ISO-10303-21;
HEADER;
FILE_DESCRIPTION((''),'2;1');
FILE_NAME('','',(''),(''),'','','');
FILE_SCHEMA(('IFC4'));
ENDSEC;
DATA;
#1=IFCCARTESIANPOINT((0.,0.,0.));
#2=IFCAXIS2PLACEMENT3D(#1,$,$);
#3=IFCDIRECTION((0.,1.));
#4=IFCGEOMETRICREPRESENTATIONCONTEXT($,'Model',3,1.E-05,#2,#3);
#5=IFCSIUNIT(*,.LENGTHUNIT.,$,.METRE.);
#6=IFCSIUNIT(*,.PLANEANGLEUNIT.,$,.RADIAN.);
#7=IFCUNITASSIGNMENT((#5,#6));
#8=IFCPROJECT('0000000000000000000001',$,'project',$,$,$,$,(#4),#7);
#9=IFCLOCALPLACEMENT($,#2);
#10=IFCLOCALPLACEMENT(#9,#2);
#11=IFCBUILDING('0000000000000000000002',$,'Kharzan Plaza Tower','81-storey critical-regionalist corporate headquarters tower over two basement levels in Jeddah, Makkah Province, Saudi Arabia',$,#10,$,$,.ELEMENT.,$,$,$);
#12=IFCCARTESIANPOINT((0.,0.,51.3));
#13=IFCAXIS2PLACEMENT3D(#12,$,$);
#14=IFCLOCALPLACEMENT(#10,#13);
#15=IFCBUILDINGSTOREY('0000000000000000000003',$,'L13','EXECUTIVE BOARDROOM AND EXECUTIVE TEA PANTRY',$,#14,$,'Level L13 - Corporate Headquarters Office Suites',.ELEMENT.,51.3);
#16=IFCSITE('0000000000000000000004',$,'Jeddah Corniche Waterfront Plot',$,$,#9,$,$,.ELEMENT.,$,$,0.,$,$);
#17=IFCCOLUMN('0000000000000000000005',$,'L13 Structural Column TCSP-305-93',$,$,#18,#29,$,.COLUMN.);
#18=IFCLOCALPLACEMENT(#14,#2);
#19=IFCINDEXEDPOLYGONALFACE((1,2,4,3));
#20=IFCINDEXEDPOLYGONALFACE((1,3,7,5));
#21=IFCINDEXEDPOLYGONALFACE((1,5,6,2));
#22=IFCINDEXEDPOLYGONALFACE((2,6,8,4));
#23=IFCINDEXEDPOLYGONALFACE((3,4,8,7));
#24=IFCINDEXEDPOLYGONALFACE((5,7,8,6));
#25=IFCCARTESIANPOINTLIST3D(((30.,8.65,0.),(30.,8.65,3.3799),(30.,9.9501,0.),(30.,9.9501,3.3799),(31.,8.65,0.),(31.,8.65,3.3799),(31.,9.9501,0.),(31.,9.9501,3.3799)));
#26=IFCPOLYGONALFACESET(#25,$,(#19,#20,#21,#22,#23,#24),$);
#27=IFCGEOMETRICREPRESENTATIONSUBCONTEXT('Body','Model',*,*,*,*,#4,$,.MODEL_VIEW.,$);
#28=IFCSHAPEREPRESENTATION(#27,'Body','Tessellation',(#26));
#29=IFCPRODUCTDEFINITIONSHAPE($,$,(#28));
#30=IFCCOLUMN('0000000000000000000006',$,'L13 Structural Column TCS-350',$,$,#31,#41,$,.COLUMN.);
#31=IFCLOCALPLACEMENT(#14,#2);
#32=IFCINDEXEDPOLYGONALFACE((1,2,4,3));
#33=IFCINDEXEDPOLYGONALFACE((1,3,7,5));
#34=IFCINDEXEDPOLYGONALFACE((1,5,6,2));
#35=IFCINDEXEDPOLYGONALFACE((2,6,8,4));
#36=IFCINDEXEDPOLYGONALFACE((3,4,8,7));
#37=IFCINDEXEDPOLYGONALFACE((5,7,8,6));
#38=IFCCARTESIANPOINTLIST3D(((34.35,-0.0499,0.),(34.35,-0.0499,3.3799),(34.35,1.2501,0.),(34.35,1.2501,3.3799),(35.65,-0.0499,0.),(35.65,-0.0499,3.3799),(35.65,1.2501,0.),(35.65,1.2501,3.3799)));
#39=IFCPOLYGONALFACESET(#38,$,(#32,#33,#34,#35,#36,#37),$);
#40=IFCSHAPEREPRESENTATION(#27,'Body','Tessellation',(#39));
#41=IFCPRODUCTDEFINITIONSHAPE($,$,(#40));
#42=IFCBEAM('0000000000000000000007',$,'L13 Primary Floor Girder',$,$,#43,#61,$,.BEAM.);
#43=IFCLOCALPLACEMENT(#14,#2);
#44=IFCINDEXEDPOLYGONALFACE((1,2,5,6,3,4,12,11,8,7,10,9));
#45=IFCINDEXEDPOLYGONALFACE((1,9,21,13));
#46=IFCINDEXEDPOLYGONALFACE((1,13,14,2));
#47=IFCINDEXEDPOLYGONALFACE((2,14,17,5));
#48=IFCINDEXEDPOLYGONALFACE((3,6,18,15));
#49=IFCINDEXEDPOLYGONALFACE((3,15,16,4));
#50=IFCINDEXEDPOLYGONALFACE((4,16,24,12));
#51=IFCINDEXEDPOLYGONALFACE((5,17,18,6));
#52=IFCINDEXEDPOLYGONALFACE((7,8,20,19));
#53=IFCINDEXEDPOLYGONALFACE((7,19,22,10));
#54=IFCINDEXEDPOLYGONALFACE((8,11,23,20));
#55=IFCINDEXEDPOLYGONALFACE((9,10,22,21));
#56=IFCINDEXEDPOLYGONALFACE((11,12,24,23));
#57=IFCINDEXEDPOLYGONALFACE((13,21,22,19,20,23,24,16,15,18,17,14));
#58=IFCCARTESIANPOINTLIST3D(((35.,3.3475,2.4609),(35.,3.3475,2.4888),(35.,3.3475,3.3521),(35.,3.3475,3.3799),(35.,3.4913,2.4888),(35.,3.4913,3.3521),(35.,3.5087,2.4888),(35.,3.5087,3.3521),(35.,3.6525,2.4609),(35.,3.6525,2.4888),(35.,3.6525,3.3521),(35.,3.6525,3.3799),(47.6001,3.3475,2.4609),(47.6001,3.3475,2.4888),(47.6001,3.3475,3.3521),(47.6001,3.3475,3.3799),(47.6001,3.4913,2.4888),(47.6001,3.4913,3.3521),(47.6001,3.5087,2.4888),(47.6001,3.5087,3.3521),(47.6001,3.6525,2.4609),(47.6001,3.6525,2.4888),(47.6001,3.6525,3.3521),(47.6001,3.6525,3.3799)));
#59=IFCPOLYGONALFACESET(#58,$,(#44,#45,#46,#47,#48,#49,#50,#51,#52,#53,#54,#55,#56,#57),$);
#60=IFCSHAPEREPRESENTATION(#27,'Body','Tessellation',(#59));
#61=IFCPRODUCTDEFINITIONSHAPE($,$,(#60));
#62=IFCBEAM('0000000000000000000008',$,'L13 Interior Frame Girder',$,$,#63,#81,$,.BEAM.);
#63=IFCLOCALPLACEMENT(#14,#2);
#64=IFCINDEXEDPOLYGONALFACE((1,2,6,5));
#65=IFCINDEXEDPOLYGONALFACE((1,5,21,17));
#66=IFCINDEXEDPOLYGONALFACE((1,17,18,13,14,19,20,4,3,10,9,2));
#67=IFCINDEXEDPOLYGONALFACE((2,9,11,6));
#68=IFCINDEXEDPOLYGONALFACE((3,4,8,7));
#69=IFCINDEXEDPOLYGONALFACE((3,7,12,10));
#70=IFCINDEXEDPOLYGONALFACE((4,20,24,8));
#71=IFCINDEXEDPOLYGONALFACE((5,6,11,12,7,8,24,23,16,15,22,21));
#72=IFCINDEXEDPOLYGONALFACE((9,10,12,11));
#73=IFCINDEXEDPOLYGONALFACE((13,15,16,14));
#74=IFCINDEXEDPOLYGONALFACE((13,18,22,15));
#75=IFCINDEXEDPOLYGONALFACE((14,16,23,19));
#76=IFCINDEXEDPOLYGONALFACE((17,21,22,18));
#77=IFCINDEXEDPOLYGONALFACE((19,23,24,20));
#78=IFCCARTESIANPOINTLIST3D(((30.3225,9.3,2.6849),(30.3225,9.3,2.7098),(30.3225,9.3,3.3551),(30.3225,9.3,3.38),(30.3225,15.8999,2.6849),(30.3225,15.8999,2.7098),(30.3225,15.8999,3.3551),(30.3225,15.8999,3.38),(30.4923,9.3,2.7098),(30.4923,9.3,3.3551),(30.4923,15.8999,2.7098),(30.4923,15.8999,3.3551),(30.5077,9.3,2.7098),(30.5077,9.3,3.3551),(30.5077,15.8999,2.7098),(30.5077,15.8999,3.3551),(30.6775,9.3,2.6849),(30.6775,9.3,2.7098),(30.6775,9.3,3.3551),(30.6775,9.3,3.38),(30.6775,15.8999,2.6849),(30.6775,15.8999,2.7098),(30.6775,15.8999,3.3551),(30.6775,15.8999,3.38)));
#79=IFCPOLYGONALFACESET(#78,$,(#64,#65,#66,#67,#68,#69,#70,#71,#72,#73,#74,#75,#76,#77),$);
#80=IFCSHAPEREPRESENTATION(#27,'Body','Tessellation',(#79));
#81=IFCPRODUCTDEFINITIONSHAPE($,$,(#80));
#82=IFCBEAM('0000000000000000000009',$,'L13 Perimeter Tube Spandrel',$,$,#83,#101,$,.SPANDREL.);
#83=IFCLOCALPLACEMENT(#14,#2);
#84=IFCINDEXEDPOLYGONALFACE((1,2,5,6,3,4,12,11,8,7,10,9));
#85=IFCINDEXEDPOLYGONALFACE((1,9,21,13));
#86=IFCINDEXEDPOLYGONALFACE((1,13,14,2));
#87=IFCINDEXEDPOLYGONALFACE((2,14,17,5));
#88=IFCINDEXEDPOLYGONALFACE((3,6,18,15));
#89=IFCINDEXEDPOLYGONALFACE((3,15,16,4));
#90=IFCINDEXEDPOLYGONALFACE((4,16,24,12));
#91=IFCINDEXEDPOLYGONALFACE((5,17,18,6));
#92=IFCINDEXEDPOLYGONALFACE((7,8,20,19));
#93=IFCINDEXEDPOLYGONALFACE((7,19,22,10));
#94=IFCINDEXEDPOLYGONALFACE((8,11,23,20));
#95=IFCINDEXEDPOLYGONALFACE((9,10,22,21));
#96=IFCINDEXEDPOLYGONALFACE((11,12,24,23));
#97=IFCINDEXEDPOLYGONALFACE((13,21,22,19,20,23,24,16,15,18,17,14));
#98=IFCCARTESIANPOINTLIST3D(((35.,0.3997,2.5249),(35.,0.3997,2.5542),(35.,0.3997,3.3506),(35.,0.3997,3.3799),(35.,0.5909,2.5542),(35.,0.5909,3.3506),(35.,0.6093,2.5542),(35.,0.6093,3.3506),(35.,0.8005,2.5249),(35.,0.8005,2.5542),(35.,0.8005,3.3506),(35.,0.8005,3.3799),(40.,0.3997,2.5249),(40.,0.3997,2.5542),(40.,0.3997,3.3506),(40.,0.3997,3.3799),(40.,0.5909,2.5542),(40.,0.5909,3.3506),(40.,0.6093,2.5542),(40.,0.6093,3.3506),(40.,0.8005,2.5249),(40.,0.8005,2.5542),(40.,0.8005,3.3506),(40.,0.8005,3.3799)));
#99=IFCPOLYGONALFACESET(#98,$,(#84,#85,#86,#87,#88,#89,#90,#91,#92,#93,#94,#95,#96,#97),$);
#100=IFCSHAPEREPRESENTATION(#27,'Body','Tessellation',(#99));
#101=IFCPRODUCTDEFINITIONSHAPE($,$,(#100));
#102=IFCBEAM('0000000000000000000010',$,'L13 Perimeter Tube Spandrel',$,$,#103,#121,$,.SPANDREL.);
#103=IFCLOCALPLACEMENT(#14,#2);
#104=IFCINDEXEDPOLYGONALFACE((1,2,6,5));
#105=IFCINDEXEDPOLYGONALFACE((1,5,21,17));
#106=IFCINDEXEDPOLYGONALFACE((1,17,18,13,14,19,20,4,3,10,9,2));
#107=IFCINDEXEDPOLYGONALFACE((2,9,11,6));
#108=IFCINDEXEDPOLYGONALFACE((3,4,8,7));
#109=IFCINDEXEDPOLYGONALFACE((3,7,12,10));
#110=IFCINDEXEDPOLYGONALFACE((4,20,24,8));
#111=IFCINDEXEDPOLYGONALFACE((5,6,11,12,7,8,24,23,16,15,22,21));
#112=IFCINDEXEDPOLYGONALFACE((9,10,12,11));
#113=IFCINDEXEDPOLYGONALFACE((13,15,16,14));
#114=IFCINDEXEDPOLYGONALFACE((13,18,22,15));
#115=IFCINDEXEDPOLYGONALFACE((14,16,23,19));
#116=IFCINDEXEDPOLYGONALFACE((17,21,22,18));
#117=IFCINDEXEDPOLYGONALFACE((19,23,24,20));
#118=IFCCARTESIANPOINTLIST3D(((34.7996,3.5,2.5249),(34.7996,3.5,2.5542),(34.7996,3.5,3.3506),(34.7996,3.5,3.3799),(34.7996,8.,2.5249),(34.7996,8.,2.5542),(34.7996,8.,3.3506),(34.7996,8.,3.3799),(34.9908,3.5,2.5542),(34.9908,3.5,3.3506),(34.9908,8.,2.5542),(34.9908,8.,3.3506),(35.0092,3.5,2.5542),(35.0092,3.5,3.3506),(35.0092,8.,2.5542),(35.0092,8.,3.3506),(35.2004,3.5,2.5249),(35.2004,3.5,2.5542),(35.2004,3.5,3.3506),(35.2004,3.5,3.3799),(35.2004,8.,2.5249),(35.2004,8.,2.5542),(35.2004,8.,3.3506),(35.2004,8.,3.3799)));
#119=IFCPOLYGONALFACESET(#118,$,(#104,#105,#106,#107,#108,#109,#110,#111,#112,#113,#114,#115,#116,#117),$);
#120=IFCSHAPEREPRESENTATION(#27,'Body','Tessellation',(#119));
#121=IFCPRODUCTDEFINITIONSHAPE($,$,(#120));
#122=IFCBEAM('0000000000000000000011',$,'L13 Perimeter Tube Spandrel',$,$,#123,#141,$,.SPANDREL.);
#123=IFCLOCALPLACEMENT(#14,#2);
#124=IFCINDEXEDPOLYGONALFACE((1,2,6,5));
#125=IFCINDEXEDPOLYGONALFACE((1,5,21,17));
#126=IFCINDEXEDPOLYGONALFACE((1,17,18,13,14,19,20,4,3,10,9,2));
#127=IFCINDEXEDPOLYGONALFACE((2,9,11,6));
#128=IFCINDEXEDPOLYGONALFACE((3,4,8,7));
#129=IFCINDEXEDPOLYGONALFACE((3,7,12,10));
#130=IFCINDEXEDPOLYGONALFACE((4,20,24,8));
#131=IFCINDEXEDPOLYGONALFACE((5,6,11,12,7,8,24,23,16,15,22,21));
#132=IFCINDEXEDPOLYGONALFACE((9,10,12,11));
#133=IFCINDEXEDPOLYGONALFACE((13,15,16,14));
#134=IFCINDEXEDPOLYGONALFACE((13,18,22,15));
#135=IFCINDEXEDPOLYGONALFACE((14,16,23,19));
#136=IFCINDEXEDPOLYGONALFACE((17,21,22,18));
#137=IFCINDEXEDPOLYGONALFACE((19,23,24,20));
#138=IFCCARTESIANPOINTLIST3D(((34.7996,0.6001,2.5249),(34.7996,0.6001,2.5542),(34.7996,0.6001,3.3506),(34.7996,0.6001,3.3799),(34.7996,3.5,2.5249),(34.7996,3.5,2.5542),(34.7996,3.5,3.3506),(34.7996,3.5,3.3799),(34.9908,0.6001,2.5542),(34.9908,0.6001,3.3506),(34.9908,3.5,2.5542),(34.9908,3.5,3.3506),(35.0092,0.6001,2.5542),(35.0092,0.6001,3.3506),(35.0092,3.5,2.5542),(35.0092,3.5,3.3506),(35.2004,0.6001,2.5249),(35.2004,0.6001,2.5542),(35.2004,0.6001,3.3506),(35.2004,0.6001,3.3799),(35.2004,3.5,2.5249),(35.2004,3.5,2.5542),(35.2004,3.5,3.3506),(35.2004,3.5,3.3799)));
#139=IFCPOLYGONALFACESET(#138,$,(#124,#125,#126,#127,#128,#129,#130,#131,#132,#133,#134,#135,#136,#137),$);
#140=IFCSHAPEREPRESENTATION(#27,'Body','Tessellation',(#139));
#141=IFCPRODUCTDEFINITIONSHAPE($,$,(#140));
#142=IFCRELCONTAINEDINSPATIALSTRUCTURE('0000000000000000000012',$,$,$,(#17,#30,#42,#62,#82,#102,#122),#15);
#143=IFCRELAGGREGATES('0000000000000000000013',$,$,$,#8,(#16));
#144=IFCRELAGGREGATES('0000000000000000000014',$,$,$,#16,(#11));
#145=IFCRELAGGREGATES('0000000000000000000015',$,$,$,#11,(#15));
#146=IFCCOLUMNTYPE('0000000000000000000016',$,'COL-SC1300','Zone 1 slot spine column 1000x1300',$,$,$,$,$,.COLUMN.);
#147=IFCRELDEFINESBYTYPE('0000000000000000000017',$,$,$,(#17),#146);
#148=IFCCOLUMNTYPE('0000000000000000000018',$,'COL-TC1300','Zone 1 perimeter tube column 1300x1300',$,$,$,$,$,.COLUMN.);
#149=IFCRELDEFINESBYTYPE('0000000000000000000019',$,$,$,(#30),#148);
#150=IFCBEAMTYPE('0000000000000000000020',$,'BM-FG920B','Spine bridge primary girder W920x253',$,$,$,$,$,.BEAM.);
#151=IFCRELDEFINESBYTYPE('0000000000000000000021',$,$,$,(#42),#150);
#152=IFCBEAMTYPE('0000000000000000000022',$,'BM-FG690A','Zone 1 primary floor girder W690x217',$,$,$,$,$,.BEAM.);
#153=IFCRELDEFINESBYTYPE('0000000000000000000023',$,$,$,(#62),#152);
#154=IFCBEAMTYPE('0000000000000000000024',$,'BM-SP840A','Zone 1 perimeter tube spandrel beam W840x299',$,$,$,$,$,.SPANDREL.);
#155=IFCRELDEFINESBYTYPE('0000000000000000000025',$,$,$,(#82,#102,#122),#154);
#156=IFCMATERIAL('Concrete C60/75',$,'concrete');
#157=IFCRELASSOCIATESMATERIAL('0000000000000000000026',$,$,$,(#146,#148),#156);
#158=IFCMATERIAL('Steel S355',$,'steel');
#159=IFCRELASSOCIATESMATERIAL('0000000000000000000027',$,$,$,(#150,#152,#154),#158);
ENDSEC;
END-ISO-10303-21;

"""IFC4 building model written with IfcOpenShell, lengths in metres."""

from ifc_helpers import new_model, si_unit, direction, frame, origin, origin_2d, place, context, subcontext, project, spatial, rectangle, i_section, extrude, source, transform, mapped, material, material_profile, profile_set, type_object, element, save


model = new_model("IFC4")

# Units and contexts
model_context = context("Model", 3, precision=1e-05, world=origin(), true_north=direction((0.0, 1.0)))
body_context = subcontext(model_context, "Body", "Model", "MODEL_VIEW")
ifc_project = project(units=[si_unit("LENGTHUNIT", "METRE"), si_unit("PLANEANGLEUNIT", "RADIAN")], contexts=[model_context])

# Site, building, storey
site_placement = place(None, origin())
site = spatial("IfcSite", under=ifc_project, at=site_placement, Name="Jeddah Corniche Waterfront Plot", CompositionType="ELEMENT", RefElevation=0.0)
building_placement = place(site_placement, origin())
building = spatial("IfcBuilding", under=site, at=building_placement, Name="Kharzan Plaza Tower", Description="81-storey critical-regionalist corporate headquarters tower over two basement levels in Jeddah, Makkah Province, Saudi Arabia", CompositionType="ELEMENT")
storey_placement = place(building_placement, frame((0.0, 0.0, 51.3)))
storey = spatial("IfcBuildingStorey", under=building, at=storey_placement, Name="L13", Description="EXECUTIVE BOARDROOM AND EXECUTIVE TEA PANTRY", LongName="Level L13 - Corporate Headquarters Office Suites", CompositionType="ELEMENT", Elevation=51.3)

# Columns
ifc_material_1 = material(Name="Concrete C60/75", Category="concrete")
ifc_material_profile_1 = material_profile(ifc_material_1, rectangle(XDim=1.0, YDim=1.3, at=origin_2d()), Name="RC-SC1300x1000")
ifc_profile_set_1 = profile_set([ifc_material_profile_1], Name="Concrete C60/75")
column_type_1 = type_object("IfcColumnType", Name="COL-SC1300", Description="Zone 1 slot spine column 1000x1300", PredefinedType="COLUMN", material=ifc_profile_set_1)
shared_shape_1 = source(origin(), body_context, "Body", "SweptSolid", [
    extrude(rectangle(XDim=1.0, YDim=1.3, at=origin_2d()), origin(), (0.0, 0.0, 1.0), 3.3799),
])
column_1_placement = place(storey_placement, frame((30.5, 9.3, 0.0), z_axis=(0.0, 0.0, 1.0), x_axis=(1.0, 0.0, 0.0)))
element("IfcColumn", 1, at=column_1_placement, inside=storey, type_object=column_type_1, Name="L13 Structural Column TCSP-305-93", PredefinedType="COLUMN", context=body_context, shape_type="MappedRepresentation", body=[
    mapped(shared_shape_1, transform((0.0, 0.0, 0.0), x_axis=(1.0, 0.0, 0.0), y_axis=(0.0, 1.0, 0.0), z_axis=(0.0, 0.0, 1.0))),
])
ifc_material_profile_2 = material_profile(ifc_material_1, rectangle(XDim=1.3, YDim=1.3, at=origin_2d()), Name="RC-TC1300x1300")
ifc_profile_set_2 = profile_set([ifc_material_profile_2], Name="Concrete C60/75")
column_type_2 = type_object("IfcColumnType", Name="COL-TC1300", Description="Zone 1 perimeter tube column 1300x1300", PredefinedType="COLUMN", material=ifc_profile_set_2)
shared_shape_2 = source(origin(), body_context, "Body", "SweptSolid", [
    extrude(rectangle(XDim=1.3, YDim=1.3, at=origin_2d()), origin(), (0.0, 0.0, 1.0), 3.3799),
])
column_2_placement = place(storey_placement, frame((35.0, 0.6001, 0.0), z_axis=(0.0, 0.0, 1.0), x_axis=(1.0, 0.0, 0.0)))
element("IfcColumn", 2, at=column_2_placement, inside=storey, type_object=column_type_2, Name="L13 Structural Column TCS-350", PredefinedType="COLUMN", context=body_context, shape_type="MappedRepresentation", body=[
    mapped(shared_shape_2, transform((0.0, 0.0, 0.0), x_axis=(1.0, 0.0, 0.0), y_axis=(0.0, 1.0, 0.0), z_axis=(0.0, 0.0, 1.0))),
])

# Beams
ifc_material_2 = material(Name="Steel S355", Category="steel")
ifc_material_profile_3 = material_profile(ifc_material_2, i_section(OverallWidth=0.3049, OverallDepth=0.9189, WebThickness=0.0173, FlangeThickness=0.0278, at=origin_2d()), Name="W920x253")
ifc_profile_set_3 = profile_set([ifc_material_profile_3], Name="Steel S355")
beam_type_1 = type_object("IfcBeamType", Name="BM-FG920B", Description="Spine bridge primary girder W920x253", PredefinedType="BEAM", material=ifc_profile_set_3)
shared_shape_3 = source(origin(), body_context, "Body", "SweptSolid", [
    extrude(i_section(OverallWidth=0.3049, OverallDepth=0.9189, WebThickness=0.0173, FlangeThickness=0.0278, at=origin_2d()), origin(), (0.0, 0.0, 1.0), 12.6001),
])
beam_1_placement = place(storey_placement, frame((35.0, 3.5, 2.9204), z_axis=(1.0, 0.0, 0.0), x_axis=(0.0, 1.0, 0.0)))
element("IfcBeam", 3, at=beam_1_placement, inside=storey, type_object=beam_type_1, Name="L13 Primary Floor Girder", PredefinedType="BEAM", context=body_context, shape_type="MappedRepresentation", body=[
    mapped(shared_shape_3, transform((0.0, 0.0, 0.0), x_axis=(1.0, 0.0, 0.0), y_axis=(0.0, 1.0, 0.0), z_axis=(0.0, 0.0, 1.0))),
])
ifc_material_profile_4 = material_profile(ifc_material_2, i_section(OverallWidth=0.355, OverallDepth=0.6951, WebThickness=0.0154, FlangeThickness=0.0249, at=origin_2d()), Name="W690x217")
ifc_profile_set_4 = profile_set([ifc_material_profile_4], Name="Steel S355")
beam_type_2 = type_object("IfcBeamType", Name="BM-FG690A", Description="Zone 1 primary floor girder W690x217", PredefinedType="BEAM", material=ifc_profile_set_4)
shared_shape_4 = source(origin(), body_context, "Body", "SweptSolid", [
    extrude(i_section(OverallWidth=0.355, OverallDepth=0.6951, WebThickness=0.0154, FlangeThickness=0.0249, at=origin_2d()), origin(), (0.0, 0.0, 1.0), 6.5999),
])
beam_2_placement = place(storey_placement, frame((30.5, 9.3, 3.0325), z_axis=(0.0, 1.0, 0.0), x_axis=(-1.0, 0.0, 0.0)))
element("IfcBeam", 4, at=beam_2_placement, inside=storey, type_object=beam_type_2, Name="L13 Interior Frame Girder", PredefinedType="BEAM", context=body_context, shape_type="MappedRepresentation", body=[
    mapped(shared_shape_4, transform((0.0, 0.0, 0.0), x_axis=(1.0, 0.0, 0.0), y_axis=(0.0, 1.0, 0.0), z_axis=(0.0, 0.0, 1.0))),
])
ifc_material_profile_5 = material_profile(ifc_material_2, i_section(OverallWidth=0.4009, OverallDepth=0.855, WebThickness=0.0183, FlangeThickness=0.0293, at=origin_2d()), Name="W840x299")
ifc_profile_set_5 = profile_set([ifc_material_profile_5], Name="Steel S355")
beam_type_3 = type_object("IfcBeamType", Name="BM-SP840A", Description="Zone 1 perimeter tube spandrel beam W840x299", PredefinedType="SPANDREL", material=ifc_profile_set_5)
shared_shape_5 = source(origin(), body_context, "Body", "SweptSolid", [
    extrude(i_section(OverallWidth=0.4009, OverallDepth=0.855, WebThickness=0.0183, FlangeThickness=0.0293, at=origin_2d()), origin(), (0.0, 0.0, 1.0), 5.0),
])
beam_3_placement = place(storey_placement, frame((35.0, 0.6001, 2.9524), z_axis=(1.0, 0.0, 0.0), x_axis=(0.0, 1.0, 0.0)))
element("IfcBeam", 5, at=beam_3_placement, inside=storey, type_object=beam_type_3, Name="L13 Perimeter Tube Spandrel", PredefinedType="SPANDREL", context=body_context, shape_type="MappedRepresentation", body=[
    mapped(shared_shape_5, transform((0.0, 0.0, 0.0), x_axis=(1.0, 0.0, 0.0), y_axis=(0.0, 1.0, 0.0), z_axis=(0.0, 0.0, 1.0))),
])
shared_shape_6 = source(origin(), body_context, "Body", "SweptSolid", [
    extrude(i_section(OverallWidth=0.4009, OverallDepth=0.855, WebThickness=0.0183, FlangeThickness=0.0293, at=origin_2d()), origin(), (0.0, 0.0, 1.0), 4.5),
])
beam_4_placement = place(storey_placement, frame((35.0, 3.5, 2.9524), z_axis=(0.0, 1.0, 0.0), x_axis=(-1.0, 0.0, 0.0)))
element("IfcBeam", 6, at=beam_4_placement, inside=storey, type_object=beam_type_3, Name="L13 Perimeter Tube Spandrel", PredefinedType="SPANDREL", context=body_context, shape_type="MappedRepresentation", body=[
    mapped(shared_shape_6, transform((0.0, 0.0, 0.0), x_axis=(1.0, 0.0, 0.0), y_axis=(0.0, 1.0, 0.0), z_axis=(0.0, 0.0, 1.0))),
])
shared_shape_7 = source(origin(), body_context, "Body", "SweptSolid", [
    extrude(i_section(OverallWidth=0.4009, OverallDepth=0.855, WebThickness=0.0183, FlangeThickness=0.0293, at=origin_2d()), origin(), (0.0, 0.0, 1.0), 2.8999),
])
beam_5_placement = place(storey_placement, frame((35.0, 0.6001, 2.9524), z_axis=(0.0, 1.0, 0.0), x_axis=(-1.0, 0.0, 0.0)))
element("IfcBeam", 7, at=beam_5_placement, inside=storey, type_object=beam_type_3, Name="L13 Perimeter Tube Spandrel", PredefinedType="SPANDREL", context=body_context, shape_type="MappedRepresentation", body=[
    mapped(shared_shape_7, transform((0.0, 0.0, 0.0), x_axis=(1.0, 0.0, 0.0), y_axis=(0.0, 1.0, 0.0), z_axis=(0.0, 0.0, 1.0))),
])

save(model, "model.ifc")
